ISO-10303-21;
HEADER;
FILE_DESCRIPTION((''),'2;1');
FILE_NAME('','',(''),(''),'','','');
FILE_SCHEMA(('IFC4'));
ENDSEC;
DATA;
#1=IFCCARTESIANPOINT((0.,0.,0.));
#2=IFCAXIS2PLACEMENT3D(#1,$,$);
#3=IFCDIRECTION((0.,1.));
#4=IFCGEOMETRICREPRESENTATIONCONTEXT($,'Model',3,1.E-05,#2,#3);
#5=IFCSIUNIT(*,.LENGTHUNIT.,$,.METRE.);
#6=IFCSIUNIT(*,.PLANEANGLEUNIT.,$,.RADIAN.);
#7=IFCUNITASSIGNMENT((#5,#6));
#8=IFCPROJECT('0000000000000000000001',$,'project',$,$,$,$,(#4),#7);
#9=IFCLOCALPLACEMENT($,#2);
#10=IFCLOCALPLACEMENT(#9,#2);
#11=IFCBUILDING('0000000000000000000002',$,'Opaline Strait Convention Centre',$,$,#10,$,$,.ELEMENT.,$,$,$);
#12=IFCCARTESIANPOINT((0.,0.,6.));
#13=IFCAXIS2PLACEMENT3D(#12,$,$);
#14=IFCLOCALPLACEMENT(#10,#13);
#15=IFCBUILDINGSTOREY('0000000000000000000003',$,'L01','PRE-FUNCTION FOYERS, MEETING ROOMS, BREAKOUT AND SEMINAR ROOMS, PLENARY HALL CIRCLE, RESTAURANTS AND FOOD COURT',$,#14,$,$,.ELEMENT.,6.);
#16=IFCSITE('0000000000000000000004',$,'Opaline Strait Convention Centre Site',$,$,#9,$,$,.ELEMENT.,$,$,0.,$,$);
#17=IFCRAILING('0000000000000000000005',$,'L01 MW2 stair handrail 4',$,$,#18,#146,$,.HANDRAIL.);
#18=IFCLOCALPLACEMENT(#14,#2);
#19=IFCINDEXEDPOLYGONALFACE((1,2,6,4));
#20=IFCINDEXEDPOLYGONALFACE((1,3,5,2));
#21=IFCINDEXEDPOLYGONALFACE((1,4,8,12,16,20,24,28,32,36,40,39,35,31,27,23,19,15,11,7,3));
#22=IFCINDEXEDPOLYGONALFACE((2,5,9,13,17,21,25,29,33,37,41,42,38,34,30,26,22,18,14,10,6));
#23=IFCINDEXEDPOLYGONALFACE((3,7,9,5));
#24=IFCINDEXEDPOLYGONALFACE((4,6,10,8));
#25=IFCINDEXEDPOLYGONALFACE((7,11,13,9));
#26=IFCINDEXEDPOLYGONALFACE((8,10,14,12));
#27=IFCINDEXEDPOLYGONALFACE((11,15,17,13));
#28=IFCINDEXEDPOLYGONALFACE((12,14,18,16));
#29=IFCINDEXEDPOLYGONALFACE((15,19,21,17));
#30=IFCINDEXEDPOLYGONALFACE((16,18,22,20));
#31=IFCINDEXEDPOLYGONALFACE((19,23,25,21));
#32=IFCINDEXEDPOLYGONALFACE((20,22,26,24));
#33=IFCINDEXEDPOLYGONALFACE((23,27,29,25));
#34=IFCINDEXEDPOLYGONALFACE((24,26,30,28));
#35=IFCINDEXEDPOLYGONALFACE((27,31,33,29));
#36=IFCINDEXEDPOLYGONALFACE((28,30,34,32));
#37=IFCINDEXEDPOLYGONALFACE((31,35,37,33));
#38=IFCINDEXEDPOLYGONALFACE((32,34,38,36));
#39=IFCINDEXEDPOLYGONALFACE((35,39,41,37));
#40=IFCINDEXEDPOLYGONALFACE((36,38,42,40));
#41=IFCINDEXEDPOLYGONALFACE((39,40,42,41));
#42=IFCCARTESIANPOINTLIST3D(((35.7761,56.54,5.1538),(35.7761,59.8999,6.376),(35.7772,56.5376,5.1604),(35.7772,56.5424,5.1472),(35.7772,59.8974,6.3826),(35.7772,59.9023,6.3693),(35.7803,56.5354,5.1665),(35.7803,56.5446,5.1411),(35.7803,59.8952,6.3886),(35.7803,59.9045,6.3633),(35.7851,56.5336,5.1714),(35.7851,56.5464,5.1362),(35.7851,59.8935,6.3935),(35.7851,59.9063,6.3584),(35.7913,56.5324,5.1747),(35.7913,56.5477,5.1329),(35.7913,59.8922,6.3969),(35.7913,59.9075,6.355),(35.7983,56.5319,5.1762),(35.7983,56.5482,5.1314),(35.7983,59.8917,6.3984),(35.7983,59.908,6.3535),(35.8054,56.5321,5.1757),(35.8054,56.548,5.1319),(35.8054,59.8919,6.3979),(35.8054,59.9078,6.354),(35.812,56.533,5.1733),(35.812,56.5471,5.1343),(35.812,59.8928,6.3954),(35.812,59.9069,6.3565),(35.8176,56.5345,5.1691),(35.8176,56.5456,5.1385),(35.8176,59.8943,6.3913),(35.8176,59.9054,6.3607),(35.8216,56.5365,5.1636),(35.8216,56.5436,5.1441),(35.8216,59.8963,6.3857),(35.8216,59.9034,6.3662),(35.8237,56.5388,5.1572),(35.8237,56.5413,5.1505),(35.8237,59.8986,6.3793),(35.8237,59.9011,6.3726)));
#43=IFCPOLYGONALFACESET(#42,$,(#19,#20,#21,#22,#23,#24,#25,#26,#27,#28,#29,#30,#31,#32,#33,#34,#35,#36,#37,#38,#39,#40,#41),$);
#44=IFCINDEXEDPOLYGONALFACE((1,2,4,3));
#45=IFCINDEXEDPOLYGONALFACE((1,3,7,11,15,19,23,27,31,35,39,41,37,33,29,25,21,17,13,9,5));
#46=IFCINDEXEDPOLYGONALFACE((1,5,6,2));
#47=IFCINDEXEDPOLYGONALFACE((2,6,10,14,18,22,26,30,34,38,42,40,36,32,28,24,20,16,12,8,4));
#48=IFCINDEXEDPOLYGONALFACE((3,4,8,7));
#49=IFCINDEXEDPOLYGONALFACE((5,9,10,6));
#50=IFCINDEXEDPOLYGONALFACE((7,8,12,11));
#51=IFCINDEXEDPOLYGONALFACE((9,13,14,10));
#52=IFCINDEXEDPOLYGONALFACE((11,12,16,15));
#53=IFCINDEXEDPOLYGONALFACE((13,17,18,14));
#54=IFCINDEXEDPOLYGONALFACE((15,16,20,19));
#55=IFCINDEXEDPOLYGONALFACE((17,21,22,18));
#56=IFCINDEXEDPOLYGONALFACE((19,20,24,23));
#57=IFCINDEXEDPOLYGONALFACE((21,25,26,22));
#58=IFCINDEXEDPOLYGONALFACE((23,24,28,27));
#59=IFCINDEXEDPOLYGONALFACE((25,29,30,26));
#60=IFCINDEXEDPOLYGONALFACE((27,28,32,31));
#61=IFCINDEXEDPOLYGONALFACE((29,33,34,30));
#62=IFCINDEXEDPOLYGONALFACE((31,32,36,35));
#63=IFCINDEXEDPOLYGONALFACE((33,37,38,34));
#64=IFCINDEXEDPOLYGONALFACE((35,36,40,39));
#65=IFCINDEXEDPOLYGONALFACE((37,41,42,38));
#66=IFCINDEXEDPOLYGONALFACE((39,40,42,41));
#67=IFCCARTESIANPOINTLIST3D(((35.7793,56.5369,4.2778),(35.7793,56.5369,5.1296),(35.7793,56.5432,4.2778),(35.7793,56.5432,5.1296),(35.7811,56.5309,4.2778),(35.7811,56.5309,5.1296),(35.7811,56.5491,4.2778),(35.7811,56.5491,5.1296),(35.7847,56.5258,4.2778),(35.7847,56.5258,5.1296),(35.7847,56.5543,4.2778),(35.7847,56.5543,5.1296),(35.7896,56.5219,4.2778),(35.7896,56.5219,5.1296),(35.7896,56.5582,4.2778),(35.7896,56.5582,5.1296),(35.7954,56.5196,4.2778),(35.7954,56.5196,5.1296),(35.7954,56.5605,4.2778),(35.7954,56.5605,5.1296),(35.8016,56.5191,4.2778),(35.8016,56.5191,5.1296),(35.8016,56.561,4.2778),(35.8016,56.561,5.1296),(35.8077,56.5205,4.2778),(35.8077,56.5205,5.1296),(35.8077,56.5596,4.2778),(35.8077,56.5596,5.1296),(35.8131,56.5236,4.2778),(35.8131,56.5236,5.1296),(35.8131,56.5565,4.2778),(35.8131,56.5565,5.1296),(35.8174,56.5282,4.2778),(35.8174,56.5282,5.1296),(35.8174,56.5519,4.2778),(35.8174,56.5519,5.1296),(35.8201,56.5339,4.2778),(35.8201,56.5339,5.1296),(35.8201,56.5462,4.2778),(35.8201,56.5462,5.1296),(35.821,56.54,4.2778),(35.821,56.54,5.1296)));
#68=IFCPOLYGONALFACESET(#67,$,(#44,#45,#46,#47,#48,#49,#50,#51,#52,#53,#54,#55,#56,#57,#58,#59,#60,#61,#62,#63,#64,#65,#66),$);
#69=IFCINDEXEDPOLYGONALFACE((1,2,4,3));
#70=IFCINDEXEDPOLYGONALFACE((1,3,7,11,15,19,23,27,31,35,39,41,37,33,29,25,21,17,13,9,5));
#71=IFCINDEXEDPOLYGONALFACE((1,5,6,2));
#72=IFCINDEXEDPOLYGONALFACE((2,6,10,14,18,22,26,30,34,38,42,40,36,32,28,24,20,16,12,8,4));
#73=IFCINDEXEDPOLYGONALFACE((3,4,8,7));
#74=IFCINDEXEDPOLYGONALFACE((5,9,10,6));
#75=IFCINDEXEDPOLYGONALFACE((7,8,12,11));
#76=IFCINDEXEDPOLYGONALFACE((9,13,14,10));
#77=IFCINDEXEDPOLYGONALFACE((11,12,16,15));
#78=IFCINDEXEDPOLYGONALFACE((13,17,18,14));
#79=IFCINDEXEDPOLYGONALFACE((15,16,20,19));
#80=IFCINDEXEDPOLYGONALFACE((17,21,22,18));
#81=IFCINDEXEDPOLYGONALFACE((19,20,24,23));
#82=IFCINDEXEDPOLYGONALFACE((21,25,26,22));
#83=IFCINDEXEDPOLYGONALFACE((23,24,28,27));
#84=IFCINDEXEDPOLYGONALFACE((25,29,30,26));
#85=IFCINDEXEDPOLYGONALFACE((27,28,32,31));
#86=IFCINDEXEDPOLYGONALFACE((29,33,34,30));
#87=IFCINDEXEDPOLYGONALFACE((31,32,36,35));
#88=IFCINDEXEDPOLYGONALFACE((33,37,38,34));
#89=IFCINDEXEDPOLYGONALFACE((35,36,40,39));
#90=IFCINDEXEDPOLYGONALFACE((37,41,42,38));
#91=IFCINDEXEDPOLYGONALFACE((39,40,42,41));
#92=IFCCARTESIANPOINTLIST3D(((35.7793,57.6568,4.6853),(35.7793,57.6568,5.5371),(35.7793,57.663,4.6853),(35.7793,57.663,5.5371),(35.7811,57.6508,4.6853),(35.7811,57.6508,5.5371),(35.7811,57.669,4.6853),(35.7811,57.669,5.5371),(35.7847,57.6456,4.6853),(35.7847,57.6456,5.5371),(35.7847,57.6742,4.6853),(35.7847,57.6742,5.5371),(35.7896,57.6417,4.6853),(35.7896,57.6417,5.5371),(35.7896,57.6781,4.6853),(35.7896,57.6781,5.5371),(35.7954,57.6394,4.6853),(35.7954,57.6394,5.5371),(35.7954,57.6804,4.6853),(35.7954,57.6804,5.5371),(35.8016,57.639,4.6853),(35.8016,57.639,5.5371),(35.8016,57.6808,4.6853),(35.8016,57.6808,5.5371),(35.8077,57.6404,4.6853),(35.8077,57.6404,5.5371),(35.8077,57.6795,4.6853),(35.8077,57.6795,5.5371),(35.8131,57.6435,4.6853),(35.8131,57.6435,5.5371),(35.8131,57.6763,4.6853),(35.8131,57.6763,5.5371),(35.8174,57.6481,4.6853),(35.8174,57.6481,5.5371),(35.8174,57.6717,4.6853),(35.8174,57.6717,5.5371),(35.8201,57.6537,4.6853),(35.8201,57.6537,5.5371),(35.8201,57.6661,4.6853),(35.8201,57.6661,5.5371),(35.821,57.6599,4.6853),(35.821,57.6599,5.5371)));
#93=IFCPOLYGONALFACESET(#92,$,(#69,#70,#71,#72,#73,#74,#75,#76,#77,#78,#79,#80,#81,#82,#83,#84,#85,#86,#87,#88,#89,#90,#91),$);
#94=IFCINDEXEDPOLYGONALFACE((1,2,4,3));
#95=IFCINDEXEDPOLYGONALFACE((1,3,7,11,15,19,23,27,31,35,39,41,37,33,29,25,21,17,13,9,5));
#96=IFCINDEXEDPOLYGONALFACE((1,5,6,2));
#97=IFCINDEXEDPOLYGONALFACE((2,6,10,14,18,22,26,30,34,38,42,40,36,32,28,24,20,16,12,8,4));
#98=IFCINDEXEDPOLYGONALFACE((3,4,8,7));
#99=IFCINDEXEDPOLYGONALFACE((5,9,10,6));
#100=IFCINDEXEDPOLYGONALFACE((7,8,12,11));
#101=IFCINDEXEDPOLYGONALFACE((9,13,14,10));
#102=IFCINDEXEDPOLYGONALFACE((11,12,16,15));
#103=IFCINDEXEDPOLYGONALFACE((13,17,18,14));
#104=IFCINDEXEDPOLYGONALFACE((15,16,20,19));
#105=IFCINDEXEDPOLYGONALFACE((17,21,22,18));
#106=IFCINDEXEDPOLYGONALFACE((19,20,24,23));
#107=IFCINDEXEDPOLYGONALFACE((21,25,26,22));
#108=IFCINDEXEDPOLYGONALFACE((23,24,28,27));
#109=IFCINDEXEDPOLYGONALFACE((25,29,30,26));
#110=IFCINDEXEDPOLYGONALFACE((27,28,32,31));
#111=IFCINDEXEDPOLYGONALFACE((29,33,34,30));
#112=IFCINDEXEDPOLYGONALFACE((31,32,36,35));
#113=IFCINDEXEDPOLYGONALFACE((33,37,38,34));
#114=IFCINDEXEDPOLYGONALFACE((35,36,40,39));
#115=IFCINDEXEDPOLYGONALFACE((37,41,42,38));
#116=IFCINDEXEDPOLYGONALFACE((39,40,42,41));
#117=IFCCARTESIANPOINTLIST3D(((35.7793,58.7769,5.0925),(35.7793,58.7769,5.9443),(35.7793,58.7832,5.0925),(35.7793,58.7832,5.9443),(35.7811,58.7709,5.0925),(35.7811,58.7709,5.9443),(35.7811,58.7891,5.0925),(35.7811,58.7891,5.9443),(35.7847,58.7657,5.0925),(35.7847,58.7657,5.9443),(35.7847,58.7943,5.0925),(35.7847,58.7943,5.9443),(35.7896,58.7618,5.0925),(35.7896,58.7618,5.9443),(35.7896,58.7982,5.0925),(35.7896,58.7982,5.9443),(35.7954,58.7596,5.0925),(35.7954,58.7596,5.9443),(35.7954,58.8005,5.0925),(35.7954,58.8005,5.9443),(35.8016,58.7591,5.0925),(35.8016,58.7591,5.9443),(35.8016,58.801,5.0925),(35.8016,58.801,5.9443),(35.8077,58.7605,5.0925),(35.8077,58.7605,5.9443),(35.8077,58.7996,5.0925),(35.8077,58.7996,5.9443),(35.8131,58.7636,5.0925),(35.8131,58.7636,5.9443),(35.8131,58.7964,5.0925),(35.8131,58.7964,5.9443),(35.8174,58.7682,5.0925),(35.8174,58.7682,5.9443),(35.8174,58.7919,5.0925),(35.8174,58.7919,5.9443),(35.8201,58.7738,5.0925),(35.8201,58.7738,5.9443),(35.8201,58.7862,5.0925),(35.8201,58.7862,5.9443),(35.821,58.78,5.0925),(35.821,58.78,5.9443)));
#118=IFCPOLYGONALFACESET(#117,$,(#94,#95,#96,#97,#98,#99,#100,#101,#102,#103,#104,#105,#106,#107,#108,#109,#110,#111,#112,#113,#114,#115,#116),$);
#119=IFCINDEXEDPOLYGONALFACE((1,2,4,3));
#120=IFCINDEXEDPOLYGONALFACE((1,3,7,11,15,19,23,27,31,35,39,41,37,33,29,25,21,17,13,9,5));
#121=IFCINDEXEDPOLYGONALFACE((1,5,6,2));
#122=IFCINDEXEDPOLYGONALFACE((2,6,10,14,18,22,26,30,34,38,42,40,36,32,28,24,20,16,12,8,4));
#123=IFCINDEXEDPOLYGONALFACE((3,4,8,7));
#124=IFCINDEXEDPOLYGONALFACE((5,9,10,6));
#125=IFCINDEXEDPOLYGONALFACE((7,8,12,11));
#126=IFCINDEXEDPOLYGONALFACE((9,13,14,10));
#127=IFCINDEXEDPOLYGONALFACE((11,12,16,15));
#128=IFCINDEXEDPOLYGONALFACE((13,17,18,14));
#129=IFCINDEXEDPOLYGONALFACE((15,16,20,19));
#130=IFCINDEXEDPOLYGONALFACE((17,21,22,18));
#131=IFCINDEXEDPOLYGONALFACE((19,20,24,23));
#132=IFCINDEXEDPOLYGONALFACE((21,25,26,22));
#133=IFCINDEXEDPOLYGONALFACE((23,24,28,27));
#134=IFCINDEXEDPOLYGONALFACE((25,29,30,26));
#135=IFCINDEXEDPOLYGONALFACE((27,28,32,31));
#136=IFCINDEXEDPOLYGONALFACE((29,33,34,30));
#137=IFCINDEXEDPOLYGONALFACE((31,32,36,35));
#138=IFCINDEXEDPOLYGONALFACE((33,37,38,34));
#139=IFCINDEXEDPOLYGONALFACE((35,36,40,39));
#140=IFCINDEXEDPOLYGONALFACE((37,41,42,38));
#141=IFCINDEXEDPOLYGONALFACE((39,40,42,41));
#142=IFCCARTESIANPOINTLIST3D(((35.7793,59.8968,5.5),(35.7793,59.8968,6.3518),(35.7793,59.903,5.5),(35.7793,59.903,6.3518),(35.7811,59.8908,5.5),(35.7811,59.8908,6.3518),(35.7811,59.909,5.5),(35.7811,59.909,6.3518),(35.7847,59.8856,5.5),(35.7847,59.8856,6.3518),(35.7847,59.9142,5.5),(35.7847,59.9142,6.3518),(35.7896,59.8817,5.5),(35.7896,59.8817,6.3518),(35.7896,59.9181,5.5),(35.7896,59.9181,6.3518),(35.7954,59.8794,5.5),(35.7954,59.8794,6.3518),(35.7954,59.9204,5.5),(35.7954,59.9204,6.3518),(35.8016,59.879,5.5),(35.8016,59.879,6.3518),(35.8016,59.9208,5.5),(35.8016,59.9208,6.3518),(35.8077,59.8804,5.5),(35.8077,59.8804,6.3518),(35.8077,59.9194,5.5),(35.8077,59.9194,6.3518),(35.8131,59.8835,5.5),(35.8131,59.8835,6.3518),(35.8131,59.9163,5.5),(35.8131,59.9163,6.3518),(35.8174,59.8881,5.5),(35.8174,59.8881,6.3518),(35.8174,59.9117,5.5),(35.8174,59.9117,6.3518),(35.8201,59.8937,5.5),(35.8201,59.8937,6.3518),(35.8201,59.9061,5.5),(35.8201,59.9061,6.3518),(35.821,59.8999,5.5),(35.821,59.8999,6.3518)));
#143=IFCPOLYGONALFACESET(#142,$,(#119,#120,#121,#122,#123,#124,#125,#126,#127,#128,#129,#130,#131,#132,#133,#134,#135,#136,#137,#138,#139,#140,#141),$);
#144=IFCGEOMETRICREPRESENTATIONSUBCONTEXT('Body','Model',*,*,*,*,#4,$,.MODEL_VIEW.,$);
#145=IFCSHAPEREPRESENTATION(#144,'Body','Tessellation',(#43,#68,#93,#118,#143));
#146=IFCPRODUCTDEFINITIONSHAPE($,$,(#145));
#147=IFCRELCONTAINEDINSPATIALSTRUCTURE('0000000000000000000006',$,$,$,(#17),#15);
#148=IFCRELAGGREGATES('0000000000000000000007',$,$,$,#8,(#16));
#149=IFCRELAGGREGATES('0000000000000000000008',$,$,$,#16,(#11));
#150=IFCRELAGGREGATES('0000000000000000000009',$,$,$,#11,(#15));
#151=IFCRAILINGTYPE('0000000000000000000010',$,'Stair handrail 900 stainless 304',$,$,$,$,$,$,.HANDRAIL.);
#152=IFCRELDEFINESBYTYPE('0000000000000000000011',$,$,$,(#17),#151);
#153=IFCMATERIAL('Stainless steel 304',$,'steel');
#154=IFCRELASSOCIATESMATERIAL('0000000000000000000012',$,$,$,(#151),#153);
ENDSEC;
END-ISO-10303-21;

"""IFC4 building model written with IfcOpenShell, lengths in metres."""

from ifc_helpers import new_model, si_unit, direction, frame, origin, origin_2d, place, context, subcontext, project, spatial, circle, extrude, material, type_object, element, save


model = new_model("IFC4")

# Units and contexts
model_context = context("Model", 3, precision=1e-05, world=origin(), true_north=direction((0.0, 1.0)))
body_context = subcontext(model_context, "Body", "Model", "MODEL_VIEW")
ifc_project = project(units=[si_unit("LENGTHUNIT", "METRE"), si_unit("PLANEANGLEUNIT", "RADIAN")], contexts=[model_context])

# Site, building, storey
site_placement = place(None, origin())
site = spatial("IfcSite", under=ifc_project, at=site_placement, Name="Opaline Strait Convention Centre Site", CompositionType="ELEMENT", RefElevation=0.0)
building_placement = place(site_placement, origin())
building = spatial("IfcBuilding", under=site, at=building_placement, Name="Opaline Strait Convention Centre", CompositionType="ELEMENT")
storey_placement = place(building_placement, frame((0.0, 0.0, 6.0)))
storey = spatial("IfcBuildingStorey", under=building, at=storey_placement, Name="L01", Description="PRE-FUNCTION FOYERS, MEETING ROOMS, BREAKOUT AND SEMINAR ROOMS, PLENARY HALL CIRCLE, RESTAURANTS AND FOOD COURT", CompositionType="ELEMENT", Elevation=6.0)

# Railing
ifc_material_1 = material(Name="Stainless steel 304", Category="steel")
railing_type_1 = type_object("IfcRailingType", Name="Stair handrail 900 stainless 304", PredefinedType="HANDRAIL", material=ifc_material_1)
for number, where, name in (
    (1, (35.8, 56.54, 4.2778), "L01 MW2 stair handrail 4"),
):
    element("IfcRailing", number, at=place(storey_placement, frame(where)), inside=storey, type_object=railing_type_1, Name=name, PredefinedType="HANDRAIL", context=body_context, shape_type="SweptSolid", body=[
        extrude(circle(Radius=0.0239, at=origin_2d()), frame((0.0, 0.0, 0.876), z_axis=(0.0, 0.939758, 0.341842), x_axis=(-1.0, 0.0, 0.0)), (0.0, 0.0, 1.0), 3.5752),
        extrude(circle(Radius=0.021, at=origin_2d()), origin(), (0.0, 0.0, 1.0), 0.8518),
        extrude(circle(Radius=0.021, at=origin_2d()), frame((0.0, 1.1199, 0.4075)), (0.0, 0.0, 1.0), 0.8518),
        extrude(circle(Radius=0.021, at=origin_2d()), frame((0.0, 2.24, 0.8147)), (0.0, 0.0, 1.0), 0.8518),
        extrude(circle(Radius=0.021, at=origin_2d()), frame((0.0, 3.3599, 1.2222)), (0.0, 0.0, 1.0), 0.8518),
    ])

save(model, "model.ifc")
